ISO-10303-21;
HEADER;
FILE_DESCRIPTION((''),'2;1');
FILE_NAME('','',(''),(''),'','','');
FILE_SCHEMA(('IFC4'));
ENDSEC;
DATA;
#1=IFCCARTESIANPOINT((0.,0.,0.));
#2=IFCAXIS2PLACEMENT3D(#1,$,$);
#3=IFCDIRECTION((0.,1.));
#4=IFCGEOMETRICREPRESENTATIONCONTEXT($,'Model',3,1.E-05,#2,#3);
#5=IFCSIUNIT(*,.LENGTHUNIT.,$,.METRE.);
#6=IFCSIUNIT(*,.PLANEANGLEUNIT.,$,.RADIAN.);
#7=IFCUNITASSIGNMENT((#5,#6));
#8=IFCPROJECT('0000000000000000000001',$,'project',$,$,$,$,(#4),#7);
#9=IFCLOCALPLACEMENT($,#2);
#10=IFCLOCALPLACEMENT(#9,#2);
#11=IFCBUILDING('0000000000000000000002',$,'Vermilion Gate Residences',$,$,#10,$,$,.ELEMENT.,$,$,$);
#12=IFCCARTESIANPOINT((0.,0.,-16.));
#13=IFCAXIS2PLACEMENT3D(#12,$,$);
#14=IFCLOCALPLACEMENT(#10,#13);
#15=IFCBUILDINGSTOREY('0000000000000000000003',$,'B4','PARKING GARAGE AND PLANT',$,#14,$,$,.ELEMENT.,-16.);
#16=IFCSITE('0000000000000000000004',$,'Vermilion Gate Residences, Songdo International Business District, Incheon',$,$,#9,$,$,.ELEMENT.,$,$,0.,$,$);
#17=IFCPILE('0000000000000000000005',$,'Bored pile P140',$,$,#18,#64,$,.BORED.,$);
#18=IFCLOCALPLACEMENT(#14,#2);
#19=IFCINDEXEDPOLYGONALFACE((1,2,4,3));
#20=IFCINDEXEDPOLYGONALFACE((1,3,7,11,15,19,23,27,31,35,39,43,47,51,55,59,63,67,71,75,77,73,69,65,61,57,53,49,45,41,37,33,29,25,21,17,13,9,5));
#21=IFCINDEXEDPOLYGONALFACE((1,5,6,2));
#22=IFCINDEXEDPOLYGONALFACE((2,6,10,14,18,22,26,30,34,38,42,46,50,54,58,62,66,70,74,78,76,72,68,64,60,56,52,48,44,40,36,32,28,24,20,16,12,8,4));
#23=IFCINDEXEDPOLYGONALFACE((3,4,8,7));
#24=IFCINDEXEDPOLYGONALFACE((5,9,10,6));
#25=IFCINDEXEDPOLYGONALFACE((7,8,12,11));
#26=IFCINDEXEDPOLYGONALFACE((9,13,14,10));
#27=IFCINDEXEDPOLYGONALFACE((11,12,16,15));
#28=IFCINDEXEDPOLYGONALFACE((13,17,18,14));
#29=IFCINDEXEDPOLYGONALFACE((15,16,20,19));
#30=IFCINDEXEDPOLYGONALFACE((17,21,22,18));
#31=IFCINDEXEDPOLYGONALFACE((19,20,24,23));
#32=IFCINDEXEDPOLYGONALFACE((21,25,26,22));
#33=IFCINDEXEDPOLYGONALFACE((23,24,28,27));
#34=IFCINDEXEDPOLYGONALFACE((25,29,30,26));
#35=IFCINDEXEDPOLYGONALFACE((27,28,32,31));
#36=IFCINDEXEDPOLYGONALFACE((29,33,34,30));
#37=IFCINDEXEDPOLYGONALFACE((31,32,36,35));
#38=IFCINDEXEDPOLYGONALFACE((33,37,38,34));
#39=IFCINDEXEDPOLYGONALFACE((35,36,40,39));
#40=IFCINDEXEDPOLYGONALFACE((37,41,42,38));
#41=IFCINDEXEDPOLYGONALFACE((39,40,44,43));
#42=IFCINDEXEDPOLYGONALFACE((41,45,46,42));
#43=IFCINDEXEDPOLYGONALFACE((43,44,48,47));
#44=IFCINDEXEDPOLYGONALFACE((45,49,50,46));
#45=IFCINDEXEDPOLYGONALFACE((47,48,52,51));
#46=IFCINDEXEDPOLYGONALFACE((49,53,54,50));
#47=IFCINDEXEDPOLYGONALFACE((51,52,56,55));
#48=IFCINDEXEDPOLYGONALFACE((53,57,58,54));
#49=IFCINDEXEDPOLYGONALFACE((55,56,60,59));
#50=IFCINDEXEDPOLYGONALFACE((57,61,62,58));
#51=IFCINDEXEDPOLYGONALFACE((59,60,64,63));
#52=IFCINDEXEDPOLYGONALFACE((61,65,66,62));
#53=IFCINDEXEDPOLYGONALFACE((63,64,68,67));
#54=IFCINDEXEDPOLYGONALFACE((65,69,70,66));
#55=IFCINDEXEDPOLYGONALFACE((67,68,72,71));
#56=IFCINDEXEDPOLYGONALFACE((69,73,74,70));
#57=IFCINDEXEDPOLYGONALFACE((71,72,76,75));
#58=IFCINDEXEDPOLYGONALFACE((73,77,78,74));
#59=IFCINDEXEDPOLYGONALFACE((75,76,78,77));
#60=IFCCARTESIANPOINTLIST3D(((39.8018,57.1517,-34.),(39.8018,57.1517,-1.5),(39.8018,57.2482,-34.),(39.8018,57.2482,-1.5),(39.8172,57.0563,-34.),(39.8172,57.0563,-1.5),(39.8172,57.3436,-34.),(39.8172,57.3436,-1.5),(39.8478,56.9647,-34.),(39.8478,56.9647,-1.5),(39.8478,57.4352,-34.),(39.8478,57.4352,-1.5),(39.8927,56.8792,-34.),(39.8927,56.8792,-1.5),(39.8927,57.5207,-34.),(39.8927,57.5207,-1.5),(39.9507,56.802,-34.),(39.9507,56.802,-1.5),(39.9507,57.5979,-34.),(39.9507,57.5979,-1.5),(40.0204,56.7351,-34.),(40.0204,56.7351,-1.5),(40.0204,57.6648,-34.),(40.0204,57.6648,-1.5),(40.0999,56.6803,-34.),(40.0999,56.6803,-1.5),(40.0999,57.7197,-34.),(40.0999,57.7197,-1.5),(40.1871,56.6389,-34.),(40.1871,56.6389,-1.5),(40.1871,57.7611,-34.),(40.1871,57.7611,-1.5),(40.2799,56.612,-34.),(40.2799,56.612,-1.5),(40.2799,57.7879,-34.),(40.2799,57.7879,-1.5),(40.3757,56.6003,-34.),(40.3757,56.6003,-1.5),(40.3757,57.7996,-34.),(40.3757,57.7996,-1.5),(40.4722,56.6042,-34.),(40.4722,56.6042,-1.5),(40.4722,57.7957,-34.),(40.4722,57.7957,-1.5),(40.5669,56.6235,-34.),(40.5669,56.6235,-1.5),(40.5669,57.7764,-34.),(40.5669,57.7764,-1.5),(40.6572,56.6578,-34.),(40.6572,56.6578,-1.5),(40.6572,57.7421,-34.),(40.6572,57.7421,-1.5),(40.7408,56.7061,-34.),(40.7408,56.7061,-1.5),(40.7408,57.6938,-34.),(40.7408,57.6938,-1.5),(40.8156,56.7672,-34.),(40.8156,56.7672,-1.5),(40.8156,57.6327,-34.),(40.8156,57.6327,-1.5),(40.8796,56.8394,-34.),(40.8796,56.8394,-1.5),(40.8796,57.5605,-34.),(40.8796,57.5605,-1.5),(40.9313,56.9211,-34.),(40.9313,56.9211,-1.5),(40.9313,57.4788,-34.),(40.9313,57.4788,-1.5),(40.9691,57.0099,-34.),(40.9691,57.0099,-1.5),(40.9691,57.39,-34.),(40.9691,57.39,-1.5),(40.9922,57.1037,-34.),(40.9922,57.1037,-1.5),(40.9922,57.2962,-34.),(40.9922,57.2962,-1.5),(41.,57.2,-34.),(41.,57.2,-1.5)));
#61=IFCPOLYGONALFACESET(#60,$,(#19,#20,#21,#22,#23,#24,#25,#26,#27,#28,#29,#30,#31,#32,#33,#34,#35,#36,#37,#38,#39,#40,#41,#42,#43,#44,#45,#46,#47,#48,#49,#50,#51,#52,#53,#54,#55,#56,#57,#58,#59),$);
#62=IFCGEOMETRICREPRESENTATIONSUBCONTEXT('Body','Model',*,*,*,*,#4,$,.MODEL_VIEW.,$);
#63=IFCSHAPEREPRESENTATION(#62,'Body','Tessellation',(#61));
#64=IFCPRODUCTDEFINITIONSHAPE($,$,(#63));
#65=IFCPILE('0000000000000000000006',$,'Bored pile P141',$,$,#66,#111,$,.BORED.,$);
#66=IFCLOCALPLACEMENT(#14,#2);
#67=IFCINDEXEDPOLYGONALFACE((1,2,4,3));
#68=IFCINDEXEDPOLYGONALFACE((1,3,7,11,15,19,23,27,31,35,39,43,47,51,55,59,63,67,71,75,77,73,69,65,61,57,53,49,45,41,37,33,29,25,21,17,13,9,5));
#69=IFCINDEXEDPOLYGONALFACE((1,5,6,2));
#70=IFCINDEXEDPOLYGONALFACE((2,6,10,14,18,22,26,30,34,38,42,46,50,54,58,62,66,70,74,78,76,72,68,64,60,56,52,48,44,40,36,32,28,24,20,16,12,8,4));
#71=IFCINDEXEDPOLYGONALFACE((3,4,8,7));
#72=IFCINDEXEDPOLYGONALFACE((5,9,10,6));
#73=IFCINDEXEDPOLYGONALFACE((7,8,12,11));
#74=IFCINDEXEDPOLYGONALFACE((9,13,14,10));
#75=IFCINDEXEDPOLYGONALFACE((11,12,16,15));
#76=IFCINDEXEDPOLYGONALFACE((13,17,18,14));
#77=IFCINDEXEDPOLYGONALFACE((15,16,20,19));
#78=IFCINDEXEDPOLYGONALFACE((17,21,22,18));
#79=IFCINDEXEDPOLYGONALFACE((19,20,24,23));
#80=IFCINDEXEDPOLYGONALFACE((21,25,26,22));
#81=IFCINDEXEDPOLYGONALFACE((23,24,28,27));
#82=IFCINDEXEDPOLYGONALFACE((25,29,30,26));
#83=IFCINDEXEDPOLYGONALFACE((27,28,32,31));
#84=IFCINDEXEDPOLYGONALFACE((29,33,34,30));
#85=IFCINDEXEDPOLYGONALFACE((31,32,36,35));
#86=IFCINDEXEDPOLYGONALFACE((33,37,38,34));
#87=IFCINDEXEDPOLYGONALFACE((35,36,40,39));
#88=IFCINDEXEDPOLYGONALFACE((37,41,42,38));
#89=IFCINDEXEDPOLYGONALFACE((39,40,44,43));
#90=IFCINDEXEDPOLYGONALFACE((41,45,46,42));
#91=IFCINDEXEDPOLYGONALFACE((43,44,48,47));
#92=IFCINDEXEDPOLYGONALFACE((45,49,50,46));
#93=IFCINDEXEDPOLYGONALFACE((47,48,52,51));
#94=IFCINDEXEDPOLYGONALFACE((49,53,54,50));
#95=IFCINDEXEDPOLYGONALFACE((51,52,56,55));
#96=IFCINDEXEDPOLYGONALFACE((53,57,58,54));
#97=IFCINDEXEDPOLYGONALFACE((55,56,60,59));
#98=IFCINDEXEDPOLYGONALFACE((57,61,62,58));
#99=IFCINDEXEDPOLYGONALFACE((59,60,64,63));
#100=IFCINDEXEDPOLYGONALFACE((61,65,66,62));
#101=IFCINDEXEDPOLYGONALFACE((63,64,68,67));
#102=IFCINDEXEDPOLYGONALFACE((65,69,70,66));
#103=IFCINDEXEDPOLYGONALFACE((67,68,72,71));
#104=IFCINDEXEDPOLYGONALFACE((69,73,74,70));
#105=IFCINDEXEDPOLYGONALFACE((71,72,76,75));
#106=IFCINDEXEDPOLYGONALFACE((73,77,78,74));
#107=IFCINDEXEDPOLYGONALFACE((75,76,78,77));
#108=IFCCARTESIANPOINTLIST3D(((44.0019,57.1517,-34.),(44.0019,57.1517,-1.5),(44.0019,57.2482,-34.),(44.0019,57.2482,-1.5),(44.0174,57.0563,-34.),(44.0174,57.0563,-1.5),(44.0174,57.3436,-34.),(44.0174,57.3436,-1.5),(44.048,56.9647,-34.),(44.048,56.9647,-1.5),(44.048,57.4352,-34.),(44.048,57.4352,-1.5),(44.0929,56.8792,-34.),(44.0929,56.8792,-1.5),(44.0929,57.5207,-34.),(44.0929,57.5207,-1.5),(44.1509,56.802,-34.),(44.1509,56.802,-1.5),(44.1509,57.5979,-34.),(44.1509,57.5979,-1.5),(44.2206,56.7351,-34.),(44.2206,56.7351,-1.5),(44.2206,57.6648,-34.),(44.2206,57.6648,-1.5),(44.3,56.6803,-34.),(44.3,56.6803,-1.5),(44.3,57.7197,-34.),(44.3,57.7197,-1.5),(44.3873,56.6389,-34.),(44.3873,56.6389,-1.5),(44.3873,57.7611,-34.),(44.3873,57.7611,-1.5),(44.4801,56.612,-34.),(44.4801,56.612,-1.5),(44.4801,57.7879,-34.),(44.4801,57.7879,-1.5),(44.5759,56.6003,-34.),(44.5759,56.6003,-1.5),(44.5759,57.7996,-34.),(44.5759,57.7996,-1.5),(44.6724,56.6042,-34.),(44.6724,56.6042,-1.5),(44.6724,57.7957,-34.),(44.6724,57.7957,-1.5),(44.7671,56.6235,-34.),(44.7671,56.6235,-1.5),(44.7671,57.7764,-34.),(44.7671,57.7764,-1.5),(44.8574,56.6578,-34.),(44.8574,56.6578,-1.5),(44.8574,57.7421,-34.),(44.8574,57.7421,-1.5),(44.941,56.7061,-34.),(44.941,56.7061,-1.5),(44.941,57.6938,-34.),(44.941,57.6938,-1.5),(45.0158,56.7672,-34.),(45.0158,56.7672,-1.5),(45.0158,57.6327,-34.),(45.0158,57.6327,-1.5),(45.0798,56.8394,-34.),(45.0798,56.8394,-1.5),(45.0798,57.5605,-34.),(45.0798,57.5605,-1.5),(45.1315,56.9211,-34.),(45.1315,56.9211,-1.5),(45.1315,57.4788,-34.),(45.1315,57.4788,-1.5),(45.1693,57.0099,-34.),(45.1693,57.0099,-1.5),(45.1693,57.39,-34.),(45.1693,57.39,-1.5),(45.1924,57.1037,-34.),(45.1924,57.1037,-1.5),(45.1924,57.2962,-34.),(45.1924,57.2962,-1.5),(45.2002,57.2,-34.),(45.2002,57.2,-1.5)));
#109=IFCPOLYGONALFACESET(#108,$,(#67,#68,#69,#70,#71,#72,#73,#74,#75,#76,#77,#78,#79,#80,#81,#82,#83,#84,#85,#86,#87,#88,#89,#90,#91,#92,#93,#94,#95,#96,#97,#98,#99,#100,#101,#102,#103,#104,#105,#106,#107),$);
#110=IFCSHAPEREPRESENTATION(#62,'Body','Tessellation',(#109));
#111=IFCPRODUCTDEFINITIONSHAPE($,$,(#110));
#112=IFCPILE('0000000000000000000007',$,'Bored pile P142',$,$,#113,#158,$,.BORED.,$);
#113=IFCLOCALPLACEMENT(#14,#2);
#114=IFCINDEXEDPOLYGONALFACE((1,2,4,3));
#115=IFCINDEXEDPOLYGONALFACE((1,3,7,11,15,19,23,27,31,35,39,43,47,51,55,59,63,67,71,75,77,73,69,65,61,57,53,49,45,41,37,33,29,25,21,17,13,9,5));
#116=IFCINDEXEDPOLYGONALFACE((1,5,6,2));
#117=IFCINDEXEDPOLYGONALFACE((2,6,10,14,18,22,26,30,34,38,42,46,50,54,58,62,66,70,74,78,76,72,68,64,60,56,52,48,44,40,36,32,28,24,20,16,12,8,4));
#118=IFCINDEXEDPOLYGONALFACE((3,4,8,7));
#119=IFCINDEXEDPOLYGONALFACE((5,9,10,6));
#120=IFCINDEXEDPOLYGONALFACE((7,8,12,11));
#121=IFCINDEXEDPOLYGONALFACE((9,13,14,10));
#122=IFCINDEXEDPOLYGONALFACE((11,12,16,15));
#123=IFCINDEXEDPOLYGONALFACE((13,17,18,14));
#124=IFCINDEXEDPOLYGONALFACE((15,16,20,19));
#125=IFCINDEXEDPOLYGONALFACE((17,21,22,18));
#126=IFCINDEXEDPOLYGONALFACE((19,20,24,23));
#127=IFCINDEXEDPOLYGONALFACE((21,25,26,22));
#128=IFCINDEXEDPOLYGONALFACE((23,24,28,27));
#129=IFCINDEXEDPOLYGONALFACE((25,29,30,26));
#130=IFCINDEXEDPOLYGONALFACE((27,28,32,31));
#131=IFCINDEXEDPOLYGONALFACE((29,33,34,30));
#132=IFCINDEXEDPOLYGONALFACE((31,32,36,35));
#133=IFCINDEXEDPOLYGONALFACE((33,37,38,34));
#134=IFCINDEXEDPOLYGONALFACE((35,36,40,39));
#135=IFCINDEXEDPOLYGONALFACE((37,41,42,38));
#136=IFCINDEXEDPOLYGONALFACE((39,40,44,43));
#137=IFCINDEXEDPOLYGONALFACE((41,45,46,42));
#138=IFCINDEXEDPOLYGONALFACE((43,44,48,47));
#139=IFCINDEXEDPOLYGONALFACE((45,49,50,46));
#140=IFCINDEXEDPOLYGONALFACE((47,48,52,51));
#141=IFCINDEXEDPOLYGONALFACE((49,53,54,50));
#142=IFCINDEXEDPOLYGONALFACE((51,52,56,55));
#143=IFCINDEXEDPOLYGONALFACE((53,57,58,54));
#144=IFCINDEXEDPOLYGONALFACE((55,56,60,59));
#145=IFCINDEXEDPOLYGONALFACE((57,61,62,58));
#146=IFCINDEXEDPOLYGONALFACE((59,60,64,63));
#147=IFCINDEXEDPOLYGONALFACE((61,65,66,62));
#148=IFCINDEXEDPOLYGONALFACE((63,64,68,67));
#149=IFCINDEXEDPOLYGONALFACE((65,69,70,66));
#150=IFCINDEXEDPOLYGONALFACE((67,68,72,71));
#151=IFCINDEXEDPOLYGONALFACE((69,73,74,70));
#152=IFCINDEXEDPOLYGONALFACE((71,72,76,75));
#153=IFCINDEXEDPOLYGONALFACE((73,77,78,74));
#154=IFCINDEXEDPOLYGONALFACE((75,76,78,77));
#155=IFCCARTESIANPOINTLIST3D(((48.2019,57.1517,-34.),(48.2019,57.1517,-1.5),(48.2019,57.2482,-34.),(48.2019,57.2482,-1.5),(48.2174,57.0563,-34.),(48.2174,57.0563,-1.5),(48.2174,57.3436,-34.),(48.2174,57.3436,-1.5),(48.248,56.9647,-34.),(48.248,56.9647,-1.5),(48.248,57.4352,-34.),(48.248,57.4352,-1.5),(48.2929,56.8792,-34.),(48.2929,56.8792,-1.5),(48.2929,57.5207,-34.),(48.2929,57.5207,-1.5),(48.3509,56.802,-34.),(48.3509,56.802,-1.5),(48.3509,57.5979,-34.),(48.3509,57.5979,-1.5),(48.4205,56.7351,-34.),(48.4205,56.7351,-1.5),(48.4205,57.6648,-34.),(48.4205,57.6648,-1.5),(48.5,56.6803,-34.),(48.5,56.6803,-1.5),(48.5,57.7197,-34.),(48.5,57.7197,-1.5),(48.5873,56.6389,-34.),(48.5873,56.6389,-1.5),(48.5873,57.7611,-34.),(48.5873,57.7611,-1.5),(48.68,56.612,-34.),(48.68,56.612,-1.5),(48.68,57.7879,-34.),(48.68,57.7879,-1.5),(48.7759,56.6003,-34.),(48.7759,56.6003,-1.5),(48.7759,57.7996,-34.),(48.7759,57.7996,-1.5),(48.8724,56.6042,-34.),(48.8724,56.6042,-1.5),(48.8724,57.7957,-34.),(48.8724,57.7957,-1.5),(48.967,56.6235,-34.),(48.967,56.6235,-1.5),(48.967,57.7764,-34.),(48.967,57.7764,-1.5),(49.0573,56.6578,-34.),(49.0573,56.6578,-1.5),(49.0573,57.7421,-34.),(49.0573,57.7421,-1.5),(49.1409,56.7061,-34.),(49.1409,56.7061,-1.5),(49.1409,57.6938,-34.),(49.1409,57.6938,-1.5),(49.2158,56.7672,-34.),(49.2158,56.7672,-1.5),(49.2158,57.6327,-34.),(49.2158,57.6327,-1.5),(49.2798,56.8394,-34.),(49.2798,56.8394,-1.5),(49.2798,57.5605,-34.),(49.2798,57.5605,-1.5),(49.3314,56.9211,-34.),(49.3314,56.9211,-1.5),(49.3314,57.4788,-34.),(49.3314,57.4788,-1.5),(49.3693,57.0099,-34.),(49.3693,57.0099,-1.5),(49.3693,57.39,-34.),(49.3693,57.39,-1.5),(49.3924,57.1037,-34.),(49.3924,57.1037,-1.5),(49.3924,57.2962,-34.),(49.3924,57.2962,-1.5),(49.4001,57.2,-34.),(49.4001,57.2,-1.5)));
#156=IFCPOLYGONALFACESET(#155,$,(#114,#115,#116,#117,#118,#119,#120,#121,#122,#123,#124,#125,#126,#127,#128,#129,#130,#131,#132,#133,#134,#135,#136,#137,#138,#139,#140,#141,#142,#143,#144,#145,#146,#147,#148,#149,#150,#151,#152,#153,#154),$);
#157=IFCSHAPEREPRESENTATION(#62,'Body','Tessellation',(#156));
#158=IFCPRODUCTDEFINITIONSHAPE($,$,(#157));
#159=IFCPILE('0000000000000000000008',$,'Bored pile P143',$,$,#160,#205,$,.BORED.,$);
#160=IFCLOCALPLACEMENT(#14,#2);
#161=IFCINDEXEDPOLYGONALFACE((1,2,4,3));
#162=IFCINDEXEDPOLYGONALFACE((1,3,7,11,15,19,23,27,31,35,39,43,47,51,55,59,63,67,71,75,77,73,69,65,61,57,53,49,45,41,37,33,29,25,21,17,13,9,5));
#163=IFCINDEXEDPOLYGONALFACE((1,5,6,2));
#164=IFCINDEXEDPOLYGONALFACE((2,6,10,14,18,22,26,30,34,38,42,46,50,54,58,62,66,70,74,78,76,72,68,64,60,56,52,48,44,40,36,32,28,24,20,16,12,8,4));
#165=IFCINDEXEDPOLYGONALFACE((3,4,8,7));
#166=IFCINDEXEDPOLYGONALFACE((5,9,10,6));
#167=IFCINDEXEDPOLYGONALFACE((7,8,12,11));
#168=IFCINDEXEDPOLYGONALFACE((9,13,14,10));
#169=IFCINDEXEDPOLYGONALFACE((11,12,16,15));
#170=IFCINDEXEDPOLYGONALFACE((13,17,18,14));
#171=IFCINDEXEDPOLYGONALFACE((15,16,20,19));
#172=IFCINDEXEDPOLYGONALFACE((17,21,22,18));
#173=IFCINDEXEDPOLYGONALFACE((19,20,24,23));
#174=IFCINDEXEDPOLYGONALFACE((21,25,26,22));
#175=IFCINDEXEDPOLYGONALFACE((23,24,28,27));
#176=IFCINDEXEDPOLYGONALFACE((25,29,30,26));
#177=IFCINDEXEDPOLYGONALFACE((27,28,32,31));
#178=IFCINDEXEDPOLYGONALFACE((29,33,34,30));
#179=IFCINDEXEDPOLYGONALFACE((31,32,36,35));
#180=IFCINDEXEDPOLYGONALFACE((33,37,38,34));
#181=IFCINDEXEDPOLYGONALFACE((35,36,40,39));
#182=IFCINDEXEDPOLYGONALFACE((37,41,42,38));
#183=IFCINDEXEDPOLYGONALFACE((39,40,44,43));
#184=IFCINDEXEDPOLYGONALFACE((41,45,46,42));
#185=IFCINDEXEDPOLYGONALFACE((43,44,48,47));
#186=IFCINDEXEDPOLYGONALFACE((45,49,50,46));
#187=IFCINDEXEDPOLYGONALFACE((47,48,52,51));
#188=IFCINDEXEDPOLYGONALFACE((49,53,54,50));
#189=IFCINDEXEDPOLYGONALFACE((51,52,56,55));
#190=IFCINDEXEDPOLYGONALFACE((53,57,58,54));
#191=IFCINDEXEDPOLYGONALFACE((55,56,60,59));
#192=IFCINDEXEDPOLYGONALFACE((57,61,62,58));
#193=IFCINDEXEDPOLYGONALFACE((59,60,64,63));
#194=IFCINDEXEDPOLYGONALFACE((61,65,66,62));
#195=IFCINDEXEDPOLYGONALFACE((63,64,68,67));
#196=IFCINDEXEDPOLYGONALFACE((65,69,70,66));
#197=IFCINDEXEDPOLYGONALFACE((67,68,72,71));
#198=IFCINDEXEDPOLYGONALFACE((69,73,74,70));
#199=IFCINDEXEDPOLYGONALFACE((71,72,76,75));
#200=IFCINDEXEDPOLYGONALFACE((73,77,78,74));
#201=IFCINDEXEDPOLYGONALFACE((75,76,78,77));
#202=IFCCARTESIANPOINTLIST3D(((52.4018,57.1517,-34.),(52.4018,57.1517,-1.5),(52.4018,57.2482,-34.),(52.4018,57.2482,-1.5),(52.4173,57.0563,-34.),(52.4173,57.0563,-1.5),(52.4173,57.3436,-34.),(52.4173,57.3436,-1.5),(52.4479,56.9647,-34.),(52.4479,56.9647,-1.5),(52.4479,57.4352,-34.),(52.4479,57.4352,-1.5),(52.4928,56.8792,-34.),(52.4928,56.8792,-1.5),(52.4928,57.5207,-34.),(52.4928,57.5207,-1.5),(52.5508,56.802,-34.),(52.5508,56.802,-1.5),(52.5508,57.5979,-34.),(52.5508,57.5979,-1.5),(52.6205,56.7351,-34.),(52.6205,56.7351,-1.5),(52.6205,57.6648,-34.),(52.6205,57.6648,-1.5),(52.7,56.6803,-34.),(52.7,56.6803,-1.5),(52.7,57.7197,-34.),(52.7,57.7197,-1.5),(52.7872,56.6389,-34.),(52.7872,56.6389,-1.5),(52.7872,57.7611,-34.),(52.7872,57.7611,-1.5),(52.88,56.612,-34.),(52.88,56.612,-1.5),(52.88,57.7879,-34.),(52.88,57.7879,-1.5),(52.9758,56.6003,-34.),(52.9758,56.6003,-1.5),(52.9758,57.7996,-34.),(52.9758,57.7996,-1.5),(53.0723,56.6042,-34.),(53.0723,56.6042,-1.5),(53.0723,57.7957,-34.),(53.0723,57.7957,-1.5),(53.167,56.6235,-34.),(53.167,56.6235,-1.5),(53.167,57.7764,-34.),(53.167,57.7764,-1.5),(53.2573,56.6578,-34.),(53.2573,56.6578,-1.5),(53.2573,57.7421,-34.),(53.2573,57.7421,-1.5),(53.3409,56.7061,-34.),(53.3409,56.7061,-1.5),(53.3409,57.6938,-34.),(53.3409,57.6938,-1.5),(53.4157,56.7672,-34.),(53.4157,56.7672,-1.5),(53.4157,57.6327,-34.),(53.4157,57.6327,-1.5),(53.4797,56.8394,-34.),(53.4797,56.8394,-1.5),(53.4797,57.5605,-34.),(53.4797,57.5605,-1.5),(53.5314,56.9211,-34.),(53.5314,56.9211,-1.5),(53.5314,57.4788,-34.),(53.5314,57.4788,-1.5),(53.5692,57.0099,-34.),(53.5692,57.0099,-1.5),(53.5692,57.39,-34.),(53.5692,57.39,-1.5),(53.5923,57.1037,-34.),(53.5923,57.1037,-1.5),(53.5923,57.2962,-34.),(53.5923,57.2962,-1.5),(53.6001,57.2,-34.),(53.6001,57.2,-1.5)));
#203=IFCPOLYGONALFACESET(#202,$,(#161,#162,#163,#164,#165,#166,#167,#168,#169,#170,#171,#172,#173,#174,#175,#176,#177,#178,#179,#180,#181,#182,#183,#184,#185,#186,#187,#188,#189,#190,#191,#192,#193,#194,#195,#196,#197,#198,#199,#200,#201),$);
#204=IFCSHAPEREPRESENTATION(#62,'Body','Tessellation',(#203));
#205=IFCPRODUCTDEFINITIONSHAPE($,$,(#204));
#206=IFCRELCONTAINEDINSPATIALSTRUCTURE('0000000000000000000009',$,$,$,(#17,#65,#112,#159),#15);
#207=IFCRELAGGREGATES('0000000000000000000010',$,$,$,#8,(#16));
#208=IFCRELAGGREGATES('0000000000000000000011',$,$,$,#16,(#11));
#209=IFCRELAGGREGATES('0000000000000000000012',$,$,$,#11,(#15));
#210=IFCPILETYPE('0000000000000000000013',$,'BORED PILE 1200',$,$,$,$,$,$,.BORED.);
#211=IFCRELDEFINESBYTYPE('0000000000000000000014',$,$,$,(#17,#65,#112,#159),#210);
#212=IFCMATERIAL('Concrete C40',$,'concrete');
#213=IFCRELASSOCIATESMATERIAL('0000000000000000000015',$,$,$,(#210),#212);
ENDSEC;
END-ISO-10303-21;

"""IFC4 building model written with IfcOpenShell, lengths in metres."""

from ifc_helpers import new_model, si_unit, direction, frame, origin, origin_2d, place, context, subcontext, project, spatial, circle, extrude, material, material_profile, profile_set, type_object, element, save


model = new_model("IFC4")

# Units and contexts
model_context = context("Model", 3, precision=1e-05, world=origin(), true_north=direction((0.0, 1.0)))
body_context = subcontext(model_context, "Body", "Model", "MODEL_VIEW")
ifc_project = project(units=[si_unit("LENGTHUNIT", "METRE"), si_unit("PLANEANGLEUNIT", "RADIAN")], contexts=[model_context])

# Site, building, storey
site_placement = place(None, origin())
site = spatial("IfcSite", under=ifc_project, at=site_placement, Name="Vermilion Gate Residences, Songdo International Business District, Incheon", CompositionType="ELEMENT", RefElevation=0.0)
building_placement = place(site_placement, origin())
building = spatial("IfcBuilding", under=site, at=building_placement, Name="Vermilion Gate Residences", CompositionType="ELEMENT")
storey_placement = place(building_placement, frame((0.0, 0.0, -16.0)))
storey = spatial("IfcBuildingStorey", under=building, at=storey_placement, Name="B4", Description="PARKING GARAGE AND PLANT", CompositionType="ELEMENT", Elevation=-16.0)

# Piles
ifc_material_1 = material(Name="Concrete C40", Category="concrete")
ifc_material_profile_1 = material_profile(ifc_material_1, circle(Radius=0.6001, at=origin_2d()), Name="BORED PILE 1200")
ifc_profile_set_1 = profile_set([ifc_material_profile_1], Name="Concrete C40")
pile_type = type_object("IfcPileType", Name="BORED PILE 1200", PredefinedType="BORED", material=ifc_profile_set_1)
for number, where, z_axis, x_axis, name in (
    (1, (40.3999, 57.2, -1.5), (0.0, 0.0, -1.0), (1.0, 0.0, 0.0), "Bored pile P140"),
    (2, (44.6001, 57.2, -1.5), (0.0, 0.0, -1.0), (1.0, 0.0, 0.0), "Bored pile P141"),
    (3, (48.8, 57.2, -1.5), (0.0, 0.0, -1.0), (1.0, 0.0, 0.0), "Bored pile P142"),
    (4, (53.0, 57.2, -1.5), (0.0, 0.0, -1.0), (1.0, 0.0, 0.0), "Bored pile P143"),
):
    element("IfcPile", number, at=place(storey_placement, frame(where, z_axis=z_axis, x_axis=x_axis)), inside=storey, type_object=pile_type, Name=name, PredefinedType="BORED", context=body_context, shape_type="SweptSolid", body=[
        extrude(circle(Radius=0.6001, at=origin_2d()), origin(), (0.0, 0.0, 1.0), 32.5),
    ])

save(model, "model.ifc")
